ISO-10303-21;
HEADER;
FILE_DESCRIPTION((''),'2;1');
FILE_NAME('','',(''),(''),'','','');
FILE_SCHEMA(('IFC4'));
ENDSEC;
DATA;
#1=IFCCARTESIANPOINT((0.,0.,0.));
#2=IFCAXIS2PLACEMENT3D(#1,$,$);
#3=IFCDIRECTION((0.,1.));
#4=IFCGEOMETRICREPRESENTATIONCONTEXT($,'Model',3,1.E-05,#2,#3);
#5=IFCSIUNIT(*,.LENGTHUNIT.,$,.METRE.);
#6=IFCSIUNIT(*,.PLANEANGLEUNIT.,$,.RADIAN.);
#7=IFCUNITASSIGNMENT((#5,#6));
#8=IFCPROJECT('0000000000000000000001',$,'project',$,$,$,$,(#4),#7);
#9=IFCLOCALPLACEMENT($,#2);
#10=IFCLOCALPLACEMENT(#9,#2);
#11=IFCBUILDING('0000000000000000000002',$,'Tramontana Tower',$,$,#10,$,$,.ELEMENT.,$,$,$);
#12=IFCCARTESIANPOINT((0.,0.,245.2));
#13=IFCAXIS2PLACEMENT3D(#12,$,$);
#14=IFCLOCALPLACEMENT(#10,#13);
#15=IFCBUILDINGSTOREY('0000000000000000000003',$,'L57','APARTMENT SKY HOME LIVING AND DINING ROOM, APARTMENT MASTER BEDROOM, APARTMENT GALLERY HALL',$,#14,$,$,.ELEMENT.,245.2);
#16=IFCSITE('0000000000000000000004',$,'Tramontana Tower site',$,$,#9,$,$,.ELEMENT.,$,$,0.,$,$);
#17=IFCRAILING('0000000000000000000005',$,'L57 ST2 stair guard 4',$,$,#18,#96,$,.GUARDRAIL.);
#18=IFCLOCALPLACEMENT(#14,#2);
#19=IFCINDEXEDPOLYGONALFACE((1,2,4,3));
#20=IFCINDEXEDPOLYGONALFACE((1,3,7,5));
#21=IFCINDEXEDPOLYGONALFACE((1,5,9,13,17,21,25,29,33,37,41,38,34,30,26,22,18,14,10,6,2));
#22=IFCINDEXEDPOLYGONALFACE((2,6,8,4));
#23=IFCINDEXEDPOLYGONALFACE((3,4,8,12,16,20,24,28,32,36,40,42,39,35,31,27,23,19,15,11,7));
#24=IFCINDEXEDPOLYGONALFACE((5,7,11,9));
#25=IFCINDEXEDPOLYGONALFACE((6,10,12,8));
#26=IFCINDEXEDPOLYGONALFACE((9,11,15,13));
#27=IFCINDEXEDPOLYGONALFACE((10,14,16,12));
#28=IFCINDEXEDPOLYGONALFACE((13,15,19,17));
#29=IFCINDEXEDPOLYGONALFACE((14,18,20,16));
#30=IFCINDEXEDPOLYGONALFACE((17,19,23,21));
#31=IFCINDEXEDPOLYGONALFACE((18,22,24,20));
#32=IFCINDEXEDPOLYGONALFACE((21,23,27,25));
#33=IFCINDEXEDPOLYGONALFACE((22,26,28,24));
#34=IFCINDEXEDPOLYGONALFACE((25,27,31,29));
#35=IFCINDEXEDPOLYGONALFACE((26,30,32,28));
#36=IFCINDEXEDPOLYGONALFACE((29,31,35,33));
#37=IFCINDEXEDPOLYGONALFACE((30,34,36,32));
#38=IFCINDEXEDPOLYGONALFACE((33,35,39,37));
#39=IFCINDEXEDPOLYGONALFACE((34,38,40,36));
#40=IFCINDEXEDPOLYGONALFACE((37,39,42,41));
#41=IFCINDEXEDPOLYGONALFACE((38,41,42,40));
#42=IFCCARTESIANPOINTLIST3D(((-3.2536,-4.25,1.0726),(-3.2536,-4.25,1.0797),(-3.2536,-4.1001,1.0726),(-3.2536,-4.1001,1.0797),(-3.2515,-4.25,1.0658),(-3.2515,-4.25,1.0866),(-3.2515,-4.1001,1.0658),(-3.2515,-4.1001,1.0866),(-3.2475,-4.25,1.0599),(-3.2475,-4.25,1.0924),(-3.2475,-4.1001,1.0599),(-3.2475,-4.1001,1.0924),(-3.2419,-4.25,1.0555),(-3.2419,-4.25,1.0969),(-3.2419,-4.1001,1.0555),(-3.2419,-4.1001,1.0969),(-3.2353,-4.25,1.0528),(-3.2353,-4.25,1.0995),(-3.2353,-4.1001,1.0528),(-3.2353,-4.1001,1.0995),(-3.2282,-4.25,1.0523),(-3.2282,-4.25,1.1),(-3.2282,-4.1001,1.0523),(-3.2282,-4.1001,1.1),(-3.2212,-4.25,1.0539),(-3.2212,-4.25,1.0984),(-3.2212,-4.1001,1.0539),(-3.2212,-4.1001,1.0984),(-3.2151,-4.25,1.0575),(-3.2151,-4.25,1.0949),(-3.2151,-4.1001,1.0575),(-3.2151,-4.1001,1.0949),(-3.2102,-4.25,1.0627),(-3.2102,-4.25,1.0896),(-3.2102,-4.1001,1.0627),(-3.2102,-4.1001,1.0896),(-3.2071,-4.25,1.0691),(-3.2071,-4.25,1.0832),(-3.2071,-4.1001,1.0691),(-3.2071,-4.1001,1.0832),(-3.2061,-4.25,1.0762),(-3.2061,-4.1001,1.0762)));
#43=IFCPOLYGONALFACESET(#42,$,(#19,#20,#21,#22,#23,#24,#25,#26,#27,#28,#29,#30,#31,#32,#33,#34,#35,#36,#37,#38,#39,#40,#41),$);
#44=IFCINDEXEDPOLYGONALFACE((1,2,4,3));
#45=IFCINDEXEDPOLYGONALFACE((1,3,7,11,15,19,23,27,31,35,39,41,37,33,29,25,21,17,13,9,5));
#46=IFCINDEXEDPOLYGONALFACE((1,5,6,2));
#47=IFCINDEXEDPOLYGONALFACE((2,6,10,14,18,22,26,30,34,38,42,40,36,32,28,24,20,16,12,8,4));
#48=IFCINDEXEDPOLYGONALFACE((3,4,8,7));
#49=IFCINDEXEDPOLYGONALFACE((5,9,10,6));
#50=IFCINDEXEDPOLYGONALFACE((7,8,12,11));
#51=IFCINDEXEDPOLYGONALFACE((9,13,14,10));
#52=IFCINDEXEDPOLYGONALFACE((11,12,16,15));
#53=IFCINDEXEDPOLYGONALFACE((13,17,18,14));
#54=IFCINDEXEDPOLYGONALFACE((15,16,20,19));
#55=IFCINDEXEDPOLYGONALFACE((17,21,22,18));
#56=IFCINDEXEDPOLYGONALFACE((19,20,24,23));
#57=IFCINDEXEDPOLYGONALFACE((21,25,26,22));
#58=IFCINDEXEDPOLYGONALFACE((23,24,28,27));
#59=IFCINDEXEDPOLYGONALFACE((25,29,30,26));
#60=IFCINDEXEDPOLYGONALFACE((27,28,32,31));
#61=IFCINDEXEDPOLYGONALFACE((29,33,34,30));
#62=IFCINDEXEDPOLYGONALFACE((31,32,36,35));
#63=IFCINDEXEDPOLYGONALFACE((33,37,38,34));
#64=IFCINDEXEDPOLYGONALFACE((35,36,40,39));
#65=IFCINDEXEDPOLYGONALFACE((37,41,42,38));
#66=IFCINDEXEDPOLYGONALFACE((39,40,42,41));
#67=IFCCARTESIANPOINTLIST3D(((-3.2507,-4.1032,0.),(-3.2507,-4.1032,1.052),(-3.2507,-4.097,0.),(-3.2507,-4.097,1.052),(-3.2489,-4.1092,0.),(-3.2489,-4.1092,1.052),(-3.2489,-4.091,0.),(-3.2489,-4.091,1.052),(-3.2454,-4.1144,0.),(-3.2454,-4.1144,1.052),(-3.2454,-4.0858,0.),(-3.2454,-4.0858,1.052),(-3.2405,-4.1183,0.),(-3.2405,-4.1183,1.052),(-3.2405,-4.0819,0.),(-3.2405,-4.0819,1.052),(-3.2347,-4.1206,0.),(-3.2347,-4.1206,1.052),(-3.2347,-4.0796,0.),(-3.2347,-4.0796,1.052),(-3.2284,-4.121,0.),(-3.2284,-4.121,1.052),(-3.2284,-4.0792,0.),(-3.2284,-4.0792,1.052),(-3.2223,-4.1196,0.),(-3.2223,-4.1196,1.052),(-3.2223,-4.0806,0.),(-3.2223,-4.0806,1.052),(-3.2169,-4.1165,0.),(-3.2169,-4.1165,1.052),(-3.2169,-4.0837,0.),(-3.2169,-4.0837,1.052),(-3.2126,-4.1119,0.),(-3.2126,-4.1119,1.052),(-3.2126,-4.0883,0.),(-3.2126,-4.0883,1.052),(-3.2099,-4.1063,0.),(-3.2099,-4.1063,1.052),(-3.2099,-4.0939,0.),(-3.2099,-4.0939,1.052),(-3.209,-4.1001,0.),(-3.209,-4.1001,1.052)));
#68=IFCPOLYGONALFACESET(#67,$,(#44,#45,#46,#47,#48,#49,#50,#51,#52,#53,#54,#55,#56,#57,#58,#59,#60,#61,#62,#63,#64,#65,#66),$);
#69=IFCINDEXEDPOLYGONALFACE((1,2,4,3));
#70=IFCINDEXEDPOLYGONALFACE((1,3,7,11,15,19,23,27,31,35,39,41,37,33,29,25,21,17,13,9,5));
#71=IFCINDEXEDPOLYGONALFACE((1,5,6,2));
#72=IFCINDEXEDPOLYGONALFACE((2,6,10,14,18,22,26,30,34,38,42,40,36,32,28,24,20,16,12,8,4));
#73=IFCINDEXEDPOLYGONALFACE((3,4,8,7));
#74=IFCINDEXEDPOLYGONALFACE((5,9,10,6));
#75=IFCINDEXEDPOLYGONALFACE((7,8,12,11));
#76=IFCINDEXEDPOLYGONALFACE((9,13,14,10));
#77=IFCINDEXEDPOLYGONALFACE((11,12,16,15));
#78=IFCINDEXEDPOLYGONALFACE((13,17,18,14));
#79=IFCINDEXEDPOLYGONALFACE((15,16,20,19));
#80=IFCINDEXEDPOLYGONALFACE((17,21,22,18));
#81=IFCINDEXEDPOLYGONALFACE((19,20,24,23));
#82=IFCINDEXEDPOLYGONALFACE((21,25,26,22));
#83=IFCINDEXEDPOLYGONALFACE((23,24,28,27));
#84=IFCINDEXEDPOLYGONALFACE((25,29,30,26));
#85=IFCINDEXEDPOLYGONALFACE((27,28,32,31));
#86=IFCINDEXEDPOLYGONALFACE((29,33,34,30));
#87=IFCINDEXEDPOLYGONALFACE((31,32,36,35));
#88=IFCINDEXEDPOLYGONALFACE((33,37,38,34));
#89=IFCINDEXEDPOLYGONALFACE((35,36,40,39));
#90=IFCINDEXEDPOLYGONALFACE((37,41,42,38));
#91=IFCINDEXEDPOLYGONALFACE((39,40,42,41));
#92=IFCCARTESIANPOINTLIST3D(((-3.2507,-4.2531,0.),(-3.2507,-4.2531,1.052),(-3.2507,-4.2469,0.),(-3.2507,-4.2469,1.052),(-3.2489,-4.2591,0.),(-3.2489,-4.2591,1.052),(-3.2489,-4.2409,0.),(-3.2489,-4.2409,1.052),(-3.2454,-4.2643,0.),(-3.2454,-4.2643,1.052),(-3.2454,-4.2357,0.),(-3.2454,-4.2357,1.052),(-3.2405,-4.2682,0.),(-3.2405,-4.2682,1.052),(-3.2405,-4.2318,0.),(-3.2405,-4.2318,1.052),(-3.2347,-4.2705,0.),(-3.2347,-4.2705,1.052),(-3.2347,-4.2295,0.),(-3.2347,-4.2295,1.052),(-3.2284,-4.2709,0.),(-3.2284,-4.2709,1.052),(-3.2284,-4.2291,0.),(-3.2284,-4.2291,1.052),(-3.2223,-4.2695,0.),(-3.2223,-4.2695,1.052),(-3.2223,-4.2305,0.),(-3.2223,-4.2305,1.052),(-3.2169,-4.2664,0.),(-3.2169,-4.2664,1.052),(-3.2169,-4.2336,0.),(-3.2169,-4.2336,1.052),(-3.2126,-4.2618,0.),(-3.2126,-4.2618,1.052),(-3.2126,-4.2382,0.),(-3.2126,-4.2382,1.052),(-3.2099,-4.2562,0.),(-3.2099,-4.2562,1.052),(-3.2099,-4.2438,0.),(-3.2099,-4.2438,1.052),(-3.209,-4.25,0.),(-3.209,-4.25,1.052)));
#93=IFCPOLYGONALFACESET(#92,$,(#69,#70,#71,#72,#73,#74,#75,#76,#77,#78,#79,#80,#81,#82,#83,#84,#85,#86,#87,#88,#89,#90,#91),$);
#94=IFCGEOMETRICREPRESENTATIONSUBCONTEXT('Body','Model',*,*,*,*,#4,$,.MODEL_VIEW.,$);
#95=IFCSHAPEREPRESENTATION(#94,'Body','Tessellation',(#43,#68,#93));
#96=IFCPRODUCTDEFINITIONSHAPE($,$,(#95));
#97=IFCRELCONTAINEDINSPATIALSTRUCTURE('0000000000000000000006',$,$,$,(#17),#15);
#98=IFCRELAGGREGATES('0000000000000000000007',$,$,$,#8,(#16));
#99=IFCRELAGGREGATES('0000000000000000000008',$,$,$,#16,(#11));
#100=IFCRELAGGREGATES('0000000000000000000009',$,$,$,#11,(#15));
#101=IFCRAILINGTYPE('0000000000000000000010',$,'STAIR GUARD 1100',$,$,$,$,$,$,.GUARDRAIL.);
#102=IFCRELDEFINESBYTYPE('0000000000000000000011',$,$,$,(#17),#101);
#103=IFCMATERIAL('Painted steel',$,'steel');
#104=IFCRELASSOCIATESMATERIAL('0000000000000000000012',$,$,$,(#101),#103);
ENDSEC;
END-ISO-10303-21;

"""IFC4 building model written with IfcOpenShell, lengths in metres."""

from ifc_helpers import new_model, si_unit, direction, frame, origin, origin_2d, place, context, subcontext, project, spatial, circle, extrude, material, type_object, element, save


model = new_model("IFC4")

# Units and contexts
model_context = context("Model", 3, precision=1e-05, world=origin(), true_north=direction((0.0, 1.0)))
body_context = subcontext(model_context, "Body", "Model", "MODEL_VIEW")
ifc_project = project(units=[si_unit("LENGTHUNIT", "METRE"), si_unit("PLANEANGLEUNIT", "RADIAN")], contexts=[model_context])

# Site, building, storey
site_placement = place(None, origin())
site = spatial("IfcSite", under=ifc_project, at=site_placement, Name="Tramontana Tower site", CompositionType="ELEMENT", RefElevation=0.0)
building_placement = place(site_placement, origin())
building = spatial("IfcBuilding", under=site, at=building_placement, Name="Tramontana Tower", CompositionType="ELEMENT")
storey_placement = place(building_placement, frame((0.0, 0.0, 245.2)))
storey = spatial("IfcBuildingStorey", under=building, at=storey_placement, Name="L57", Description="APARTMENT SKY HOME LIVING AND DINING ROOM, APARTMENT MASTER BEDROOM, APARTMENT GALLERY HALL", CompositionType="ELEMENT", Elevation=245.2)

# Railing
ifc_material_1 = material(Name="Painted steel", Category="steel")
railing_type_1 = type_object("IfcRailingType", Name="STAIR GUARD 1100", PredefinedType="GUARDRAIL", material=ifc_material_1)
railing_1_placement = place(storey_placement, frame((-3.23, -4.1001, 0.0)))
element("IfcRailing", 1, at=railing_1_placement, inside=storey, type_object=railing_type_1, Name="L57 ST2 stair guard 4", PredefinedType="GUARDRAIL", context=body_context, shape_type="SweptSolid", body=[
    extrude(circle(Radius=0.0239, at=origin_2d()), frame((0.0, 0.0, 1.0762), z_axis=(0.0, -1.0, 0.0), x_axis=(1.0, 0.0, 0.0)), (0.0, 0.0, 1.0), 0.1499),
    extrude(circle(Radius=0.021, at=origin_2d()), origin(), (0.0, 0.0, 1.0), 1.052),
    extrude(circle(Radius=0.021, at=origin_2d()), frame((0.0, -0.1499, 0.0)), (0.0, 0.0, 1.0), 1.052),
])

save(model, "model.ifc")
